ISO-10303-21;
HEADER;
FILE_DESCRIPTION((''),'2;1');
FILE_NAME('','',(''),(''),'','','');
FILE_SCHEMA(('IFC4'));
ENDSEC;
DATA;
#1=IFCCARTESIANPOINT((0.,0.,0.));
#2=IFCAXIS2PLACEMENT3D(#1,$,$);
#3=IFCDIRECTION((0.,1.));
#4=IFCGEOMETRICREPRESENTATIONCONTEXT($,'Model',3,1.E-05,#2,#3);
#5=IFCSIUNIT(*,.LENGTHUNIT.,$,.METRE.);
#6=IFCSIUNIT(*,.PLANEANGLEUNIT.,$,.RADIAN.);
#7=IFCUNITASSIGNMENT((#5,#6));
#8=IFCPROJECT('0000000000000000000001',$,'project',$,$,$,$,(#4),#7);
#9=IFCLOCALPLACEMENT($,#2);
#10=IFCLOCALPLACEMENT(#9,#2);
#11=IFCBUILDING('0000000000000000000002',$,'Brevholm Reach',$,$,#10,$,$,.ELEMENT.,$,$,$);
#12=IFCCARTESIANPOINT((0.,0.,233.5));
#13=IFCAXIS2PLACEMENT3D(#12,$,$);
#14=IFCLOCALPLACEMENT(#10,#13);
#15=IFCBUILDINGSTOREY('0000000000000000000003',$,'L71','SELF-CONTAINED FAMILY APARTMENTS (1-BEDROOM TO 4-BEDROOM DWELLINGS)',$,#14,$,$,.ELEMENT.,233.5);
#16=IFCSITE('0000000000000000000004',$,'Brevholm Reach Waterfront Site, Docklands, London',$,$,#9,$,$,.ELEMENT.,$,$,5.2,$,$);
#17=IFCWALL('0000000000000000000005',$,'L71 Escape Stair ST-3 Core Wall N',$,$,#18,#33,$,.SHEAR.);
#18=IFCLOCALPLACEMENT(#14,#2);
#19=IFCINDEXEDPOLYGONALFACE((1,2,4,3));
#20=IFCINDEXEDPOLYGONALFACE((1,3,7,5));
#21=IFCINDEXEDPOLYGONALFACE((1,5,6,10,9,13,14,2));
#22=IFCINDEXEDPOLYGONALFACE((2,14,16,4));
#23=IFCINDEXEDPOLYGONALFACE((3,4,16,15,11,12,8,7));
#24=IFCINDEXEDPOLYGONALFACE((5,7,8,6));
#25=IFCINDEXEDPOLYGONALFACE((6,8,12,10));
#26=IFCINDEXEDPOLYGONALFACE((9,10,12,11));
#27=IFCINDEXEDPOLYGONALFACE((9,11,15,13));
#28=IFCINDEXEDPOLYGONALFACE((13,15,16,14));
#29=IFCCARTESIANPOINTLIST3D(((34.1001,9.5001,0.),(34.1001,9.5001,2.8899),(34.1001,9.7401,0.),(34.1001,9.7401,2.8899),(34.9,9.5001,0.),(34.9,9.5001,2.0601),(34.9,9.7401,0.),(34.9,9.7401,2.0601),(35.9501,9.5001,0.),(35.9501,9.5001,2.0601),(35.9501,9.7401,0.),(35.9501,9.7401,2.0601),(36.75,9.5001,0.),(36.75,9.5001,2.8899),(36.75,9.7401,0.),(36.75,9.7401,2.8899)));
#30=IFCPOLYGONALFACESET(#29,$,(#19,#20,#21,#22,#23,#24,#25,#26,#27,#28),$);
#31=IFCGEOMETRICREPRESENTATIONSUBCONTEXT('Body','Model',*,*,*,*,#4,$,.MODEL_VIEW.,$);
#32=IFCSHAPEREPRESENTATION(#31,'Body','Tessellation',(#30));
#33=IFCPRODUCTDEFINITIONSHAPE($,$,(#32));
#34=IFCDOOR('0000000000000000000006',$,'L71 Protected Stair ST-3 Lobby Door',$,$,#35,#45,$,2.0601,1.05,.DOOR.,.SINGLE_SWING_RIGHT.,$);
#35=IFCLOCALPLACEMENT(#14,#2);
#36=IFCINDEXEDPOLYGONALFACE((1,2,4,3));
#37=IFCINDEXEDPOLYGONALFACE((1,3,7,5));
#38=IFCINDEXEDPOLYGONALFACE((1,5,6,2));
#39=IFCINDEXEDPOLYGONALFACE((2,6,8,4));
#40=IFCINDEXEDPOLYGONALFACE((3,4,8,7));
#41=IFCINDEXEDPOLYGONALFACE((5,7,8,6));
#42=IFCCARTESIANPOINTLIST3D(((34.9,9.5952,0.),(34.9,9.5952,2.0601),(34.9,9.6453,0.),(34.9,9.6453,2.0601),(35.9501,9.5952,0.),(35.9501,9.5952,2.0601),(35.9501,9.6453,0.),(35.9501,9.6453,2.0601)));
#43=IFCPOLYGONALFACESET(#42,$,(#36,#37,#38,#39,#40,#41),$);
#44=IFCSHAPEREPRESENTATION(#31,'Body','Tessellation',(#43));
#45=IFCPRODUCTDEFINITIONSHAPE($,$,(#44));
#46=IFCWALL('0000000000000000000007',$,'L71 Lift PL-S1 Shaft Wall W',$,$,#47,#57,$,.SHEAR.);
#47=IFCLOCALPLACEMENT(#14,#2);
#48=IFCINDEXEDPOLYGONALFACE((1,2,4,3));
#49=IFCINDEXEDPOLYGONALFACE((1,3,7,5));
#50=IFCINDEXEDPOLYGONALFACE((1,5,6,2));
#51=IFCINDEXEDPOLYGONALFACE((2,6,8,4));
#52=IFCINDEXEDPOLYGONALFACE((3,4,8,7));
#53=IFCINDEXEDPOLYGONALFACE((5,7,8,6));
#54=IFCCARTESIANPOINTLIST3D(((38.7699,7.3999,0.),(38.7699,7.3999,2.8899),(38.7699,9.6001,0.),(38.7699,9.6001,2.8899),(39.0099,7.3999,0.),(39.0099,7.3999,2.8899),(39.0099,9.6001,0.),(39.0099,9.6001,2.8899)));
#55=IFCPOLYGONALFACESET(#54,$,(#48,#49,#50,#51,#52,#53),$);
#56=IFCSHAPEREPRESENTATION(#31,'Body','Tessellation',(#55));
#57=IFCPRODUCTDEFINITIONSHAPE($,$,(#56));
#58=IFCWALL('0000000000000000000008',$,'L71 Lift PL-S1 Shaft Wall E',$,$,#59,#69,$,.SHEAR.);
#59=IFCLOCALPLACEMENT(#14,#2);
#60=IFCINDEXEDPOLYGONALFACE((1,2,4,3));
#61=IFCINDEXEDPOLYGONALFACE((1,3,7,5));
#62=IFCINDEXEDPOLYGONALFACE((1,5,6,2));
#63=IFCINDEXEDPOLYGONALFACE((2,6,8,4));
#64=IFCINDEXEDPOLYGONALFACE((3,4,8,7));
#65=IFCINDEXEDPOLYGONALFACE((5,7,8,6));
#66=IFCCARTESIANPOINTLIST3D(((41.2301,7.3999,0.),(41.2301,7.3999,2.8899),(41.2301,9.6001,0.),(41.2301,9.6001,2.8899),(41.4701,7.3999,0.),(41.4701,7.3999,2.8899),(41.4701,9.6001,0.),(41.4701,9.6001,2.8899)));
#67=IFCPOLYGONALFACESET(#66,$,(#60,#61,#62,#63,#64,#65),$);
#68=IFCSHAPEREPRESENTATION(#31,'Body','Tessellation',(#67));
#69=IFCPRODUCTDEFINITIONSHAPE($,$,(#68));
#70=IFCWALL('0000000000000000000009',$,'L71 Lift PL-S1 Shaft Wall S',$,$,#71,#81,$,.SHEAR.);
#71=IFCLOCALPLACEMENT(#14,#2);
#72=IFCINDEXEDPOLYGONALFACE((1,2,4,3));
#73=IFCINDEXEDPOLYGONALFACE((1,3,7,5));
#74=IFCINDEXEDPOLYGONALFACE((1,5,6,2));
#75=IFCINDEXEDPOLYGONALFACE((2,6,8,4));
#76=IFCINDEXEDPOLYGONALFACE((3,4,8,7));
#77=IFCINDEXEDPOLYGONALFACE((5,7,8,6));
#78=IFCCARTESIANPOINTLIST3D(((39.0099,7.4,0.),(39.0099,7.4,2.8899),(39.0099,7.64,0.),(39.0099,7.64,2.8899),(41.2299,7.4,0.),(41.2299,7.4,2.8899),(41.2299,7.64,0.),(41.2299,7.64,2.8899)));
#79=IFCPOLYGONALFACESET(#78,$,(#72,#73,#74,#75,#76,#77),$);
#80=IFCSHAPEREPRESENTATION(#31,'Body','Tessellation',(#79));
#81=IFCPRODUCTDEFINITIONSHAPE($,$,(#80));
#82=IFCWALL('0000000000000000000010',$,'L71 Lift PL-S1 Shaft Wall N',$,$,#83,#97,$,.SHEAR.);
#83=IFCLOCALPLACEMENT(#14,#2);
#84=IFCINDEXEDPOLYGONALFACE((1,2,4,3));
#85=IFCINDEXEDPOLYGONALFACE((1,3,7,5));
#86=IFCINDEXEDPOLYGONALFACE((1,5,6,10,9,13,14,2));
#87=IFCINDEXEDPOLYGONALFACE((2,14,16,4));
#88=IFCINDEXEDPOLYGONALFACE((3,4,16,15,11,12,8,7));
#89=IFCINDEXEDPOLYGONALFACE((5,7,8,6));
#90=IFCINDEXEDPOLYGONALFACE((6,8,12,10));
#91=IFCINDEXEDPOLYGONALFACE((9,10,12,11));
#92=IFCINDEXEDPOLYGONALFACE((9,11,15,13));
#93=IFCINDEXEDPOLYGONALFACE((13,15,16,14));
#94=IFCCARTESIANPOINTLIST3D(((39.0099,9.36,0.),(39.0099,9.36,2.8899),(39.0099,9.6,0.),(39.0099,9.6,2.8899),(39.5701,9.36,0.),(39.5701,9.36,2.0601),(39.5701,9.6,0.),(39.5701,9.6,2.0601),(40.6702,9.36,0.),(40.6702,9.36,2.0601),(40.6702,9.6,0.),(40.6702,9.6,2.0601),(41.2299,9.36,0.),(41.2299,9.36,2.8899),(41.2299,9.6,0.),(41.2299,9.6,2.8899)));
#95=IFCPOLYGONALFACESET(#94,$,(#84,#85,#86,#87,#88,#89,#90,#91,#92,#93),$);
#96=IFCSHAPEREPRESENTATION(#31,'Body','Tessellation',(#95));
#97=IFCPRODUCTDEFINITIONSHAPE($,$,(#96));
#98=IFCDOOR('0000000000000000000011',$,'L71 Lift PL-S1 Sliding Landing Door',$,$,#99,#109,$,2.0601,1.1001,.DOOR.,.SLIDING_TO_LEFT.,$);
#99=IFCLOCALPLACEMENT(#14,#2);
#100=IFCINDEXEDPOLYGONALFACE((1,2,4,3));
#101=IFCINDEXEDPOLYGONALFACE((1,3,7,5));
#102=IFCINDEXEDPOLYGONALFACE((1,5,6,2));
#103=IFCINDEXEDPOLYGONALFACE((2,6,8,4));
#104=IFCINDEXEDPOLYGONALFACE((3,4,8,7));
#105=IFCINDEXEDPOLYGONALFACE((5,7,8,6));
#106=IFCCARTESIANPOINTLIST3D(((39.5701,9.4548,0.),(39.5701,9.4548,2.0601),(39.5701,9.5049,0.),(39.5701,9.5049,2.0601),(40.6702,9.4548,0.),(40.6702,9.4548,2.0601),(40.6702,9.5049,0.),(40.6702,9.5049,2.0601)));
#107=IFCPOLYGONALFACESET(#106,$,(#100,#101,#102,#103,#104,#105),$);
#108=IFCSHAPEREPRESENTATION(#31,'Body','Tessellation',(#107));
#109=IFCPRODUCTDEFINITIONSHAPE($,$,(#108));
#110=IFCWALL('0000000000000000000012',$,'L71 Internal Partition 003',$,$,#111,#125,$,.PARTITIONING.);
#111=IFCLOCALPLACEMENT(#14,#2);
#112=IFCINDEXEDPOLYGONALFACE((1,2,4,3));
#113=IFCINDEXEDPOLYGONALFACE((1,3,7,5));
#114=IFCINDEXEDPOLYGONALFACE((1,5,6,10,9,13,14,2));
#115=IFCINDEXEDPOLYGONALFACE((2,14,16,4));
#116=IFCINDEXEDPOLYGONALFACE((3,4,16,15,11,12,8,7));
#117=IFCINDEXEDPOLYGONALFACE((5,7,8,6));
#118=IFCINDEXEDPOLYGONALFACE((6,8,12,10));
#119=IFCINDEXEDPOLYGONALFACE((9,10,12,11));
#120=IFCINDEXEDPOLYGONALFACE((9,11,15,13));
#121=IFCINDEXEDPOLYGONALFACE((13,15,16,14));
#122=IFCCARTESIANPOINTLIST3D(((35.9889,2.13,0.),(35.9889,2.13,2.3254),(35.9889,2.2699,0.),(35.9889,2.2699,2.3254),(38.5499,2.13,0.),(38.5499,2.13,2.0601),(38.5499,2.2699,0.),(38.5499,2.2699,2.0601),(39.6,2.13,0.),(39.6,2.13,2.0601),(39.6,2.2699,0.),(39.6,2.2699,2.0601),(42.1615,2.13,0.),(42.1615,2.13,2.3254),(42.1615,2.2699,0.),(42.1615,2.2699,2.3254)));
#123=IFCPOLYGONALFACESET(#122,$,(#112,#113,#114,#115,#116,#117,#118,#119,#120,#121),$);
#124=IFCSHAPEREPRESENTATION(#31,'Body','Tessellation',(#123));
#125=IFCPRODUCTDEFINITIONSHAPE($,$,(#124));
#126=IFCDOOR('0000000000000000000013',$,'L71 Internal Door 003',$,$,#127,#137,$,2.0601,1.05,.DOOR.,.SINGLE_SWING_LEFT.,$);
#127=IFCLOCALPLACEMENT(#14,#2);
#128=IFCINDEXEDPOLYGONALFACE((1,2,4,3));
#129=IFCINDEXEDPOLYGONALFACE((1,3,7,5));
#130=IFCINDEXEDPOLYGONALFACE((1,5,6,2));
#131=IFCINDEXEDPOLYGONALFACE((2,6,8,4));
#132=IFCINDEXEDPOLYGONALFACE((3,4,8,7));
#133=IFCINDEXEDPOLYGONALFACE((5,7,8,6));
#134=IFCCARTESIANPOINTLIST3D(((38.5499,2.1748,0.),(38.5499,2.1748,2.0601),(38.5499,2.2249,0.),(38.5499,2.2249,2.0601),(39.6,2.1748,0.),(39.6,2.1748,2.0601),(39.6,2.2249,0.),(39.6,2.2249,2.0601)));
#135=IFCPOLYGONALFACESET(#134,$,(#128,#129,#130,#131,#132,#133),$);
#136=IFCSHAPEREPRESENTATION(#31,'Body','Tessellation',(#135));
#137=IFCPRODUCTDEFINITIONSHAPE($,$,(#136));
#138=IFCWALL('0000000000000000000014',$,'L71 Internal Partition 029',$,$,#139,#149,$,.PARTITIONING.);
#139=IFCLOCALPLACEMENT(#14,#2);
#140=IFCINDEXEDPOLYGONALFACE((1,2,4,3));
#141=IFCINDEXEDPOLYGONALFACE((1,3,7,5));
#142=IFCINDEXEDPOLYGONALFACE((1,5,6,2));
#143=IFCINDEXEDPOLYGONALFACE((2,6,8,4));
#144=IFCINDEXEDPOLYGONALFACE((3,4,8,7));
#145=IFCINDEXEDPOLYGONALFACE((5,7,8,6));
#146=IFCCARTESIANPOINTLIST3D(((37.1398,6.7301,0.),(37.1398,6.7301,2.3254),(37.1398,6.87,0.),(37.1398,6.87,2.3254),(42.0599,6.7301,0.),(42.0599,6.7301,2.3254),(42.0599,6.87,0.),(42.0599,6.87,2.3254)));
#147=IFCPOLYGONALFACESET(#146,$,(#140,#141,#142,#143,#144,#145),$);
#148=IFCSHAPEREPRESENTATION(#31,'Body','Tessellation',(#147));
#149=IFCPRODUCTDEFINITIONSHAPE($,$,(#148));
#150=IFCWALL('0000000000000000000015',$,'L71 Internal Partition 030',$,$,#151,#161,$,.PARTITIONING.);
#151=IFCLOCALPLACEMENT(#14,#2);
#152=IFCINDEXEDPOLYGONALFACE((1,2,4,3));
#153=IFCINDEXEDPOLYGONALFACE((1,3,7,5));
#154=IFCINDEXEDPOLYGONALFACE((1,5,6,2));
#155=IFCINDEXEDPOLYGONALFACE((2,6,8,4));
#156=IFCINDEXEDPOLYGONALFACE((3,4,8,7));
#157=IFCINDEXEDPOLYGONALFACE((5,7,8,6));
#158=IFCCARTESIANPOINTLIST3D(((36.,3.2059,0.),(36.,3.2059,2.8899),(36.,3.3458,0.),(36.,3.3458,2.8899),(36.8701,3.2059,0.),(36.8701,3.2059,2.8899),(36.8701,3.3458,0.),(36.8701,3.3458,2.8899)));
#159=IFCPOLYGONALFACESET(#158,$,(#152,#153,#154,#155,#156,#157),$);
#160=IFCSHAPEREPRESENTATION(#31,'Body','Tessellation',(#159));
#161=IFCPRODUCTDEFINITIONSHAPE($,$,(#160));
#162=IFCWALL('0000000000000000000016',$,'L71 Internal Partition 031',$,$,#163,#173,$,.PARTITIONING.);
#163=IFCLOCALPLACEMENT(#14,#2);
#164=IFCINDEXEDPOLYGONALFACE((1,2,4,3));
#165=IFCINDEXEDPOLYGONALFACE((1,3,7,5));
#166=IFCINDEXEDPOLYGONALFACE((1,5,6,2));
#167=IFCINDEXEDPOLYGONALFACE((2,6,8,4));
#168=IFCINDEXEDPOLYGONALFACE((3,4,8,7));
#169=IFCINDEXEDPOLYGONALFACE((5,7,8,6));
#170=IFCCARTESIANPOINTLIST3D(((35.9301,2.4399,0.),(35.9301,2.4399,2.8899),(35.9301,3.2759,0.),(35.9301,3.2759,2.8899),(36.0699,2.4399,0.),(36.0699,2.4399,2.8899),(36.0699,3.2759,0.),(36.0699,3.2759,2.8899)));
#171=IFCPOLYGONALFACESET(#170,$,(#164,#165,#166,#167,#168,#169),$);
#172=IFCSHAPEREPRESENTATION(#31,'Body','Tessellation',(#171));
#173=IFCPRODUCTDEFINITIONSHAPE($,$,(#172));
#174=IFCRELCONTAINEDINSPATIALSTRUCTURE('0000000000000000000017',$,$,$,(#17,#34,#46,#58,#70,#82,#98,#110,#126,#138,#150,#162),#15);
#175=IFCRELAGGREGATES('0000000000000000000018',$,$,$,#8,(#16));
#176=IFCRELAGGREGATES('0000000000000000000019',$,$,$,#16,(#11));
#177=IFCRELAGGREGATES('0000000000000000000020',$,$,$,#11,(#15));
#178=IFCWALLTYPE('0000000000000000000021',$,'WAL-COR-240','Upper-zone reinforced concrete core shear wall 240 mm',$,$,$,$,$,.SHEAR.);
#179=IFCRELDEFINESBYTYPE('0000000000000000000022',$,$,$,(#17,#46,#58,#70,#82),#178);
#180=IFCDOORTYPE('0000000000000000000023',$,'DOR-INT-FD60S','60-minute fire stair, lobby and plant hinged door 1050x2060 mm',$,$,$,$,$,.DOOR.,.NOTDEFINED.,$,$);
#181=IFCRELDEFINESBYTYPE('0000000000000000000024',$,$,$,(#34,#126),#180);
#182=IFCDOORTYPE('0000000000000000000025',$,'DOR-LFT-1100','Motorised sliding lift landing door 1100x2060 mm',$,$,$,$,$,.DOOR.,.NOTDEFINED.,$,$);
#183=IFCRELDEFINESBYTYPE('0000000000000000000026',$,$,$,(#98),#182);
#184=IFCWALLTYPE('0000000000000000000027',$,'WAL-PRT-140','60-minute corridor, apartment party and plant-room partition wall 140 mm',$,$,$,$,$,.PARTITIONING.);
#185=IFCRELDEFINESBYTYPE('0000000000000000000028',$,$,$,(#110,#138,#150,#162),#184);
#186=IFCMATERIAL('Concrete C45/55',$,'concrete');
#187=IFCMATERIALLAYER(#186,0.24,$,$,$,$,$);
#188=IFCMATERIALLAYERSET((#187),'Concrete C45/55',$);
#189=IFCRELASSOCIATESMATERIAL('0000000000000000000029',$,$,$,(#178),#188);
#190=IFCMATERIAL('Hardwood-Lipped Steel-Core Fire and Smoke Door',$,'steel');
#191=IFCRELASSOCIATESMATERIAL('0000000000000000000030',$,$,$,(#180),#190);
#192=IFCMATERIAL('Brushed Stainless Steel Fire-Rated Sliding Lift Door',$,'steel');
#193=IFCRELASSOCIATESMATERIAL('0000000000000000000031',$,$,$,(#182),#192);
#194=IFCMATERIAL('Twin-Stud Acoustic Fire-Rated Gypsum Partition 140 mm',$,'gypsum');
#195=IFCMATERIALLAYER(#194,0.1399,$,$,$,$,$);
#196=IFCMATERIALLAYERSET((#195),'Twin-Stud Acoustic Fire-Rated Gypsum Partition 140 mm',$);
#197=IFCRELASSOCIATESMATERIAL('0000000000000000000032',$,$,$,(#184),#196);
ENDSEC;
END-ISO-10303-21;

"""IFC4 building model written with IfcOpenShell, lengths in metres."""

from ifc_helpers import new_model, si_unit, direction, frame, frame_2d, origin, place, context, subcontext, project, spatial, rectangle, extrude, material, layer, layer_set, type_object, element, fill, save


model = new_model("IFC4")

# Units and contexts
model_context = context("Model", 3, precision=1e-05, world=origin(), true_north=direction((0.0, 1.0)))
body_context = subcontext(model_context, "Body", "Model", "MODEL_VIEW")
ifc_project = project(units=[si_unit("LENGTHUNIT", "METRE"), si_unit("PLANEANGLEUNIT", "RADIAN")], contexts=[model_context])

# Site, building, storey
site_placement = place(None, origin())
site = spatial("IfcSite", under=ifc_project, at=site_placement, Name="Brevholm Reach Waterfront Site, Docklands, London", CompositionType="ELEMENT", RefElevation=5.2)
building_placement = place(site_placement, origin())
building = spatial("IfcBuilding", under=site, at=building_placement, Name="Brevholm Reach", CompositionType="ELEMENT")
storey_placement = place(building_placement, frame((0.0, 0.0, 233.5)))
storey = spatial("IfcBuildingStorey", under=building, at=storey_placement, Name="L71", Description="SELF-CONTAINED FAMILY APARTMENTS (1-BEDROOM TO 4-BEDROOM DWELLINGS)", CompositionType="ELEMENT", Elevation=233.5)

# Shared definitions
ifc_material_1 = material(Name="Concrete C45/55", Category="concrete")
ifc_layer_1 = layer(ifc_material_1, 0.24)
ifc_layer_set_1 = layer_set([ifc_layer_1], Name="Concrete C45/55")
wall_type_1 = type_object("IfcWallType", Name="WAL-COR-240", Description="Upper-zone reinforced concrete core shear wall 240 mm", PredefinedType="SHEAR", material=ifc_layer_set_1)

# Wall, opening, door
wall_1_placement = place(storey_placement, frame((36.75, 9.6201, 0.0), z_axis=(0.0, 0.0, 1.0), x_axis=(-1.0, 0.0, 0.0)))
wall_1 = element("IfcWall", 1, at=wall_1_placement, inside=storey, type_object=wall_type_1, Name="L71 Escape Stair ST-3 Core Wall N", PredefinedType="SHEAR", context=body_context, shape_type="SweptSolid", body=[
    extrude(rectangle(XDim=2.6499, YDim=0.24, at=frame_2d((1.325, 0.0))), origin(), (0.0, 0.0, 1.0), 2.8899),
])
opening_1_placement = place(wall_1_placement, frame((0.8, 0.0, 0.0)))
opening_1 = element("IfcOpeningElement", 2, at=opening_1_placement, cuts=wall_1, PredefinedType="OPENING", context=body_context, shape_type="SweptSolid", body=[
    extrude(rectangle(XDim=1.05, YDim=2.0601, at=frame_2d((0.5249, 1.03))), frame((0.0, 0.1299, 0.0), z_axis=(0.0, -1.0, 0.0), x_axis=(1.0, 0.0, 0.0)), (0.0, 0.0, 1.0), 0.26),
])
ifc_material_2 = material(Name="Hardwood-Lipped Steel-Core Fire and Smoke Door", Category="steel")
door_type_1 = type_object("IfcDoorType", Name="DOR-INT-FD60S", Description="60-minute fire stair, lobby and plant hinged door 1050x2060 mm", OperationType="NOTDEFINED", PredefinedType="DOOR", material=ifc_material_2)
door_1_placement = place(opening_1_placement, origin())
door_1 = element("IfcDoor", 3, at=door_1_placement, inside=storey, type_object=door_type_1, Name="L71 Protected Stair ST-3 Lobby Door", OperationType="SINGLE_SWING_RIGHT", OverallHeight=2.0601, OverallWidth=1.05, PredefinedType="DOOR", context=body_context, shape_type="SweptSolid", body=[
    extrude(rectangle(XDim=1.05, YDim=2.0601, at=frame_2d((0.5249, 1.03))), frame((0.0, 0.0249, 0.0), z_axis=(0.0, -1.0, 0.0), x_axis=(1.0, 0.0, 0.0)), (0.0, 0.0, 1.0), 0.05),
])
fill(opening_1, door_1)

# Walls
for number, where, z_axis, x_axis, name in (
    (4, (38.8899, 7.3999, 0.0), (0.0, 0.0, 1.0), (0.0, 1.0, 0.0), "L71 Lift PL-S1 Shaft Wall W"),
    (5, (41.3501, 7.3999, 0.0), (0.0, 0.0, 1.0), (0.0, 1.0, 0.0), "L71 Lift PL-S1 Shaft Wall E"),
):
    element("IfcWall", number, at=place(storey_placement, frame(where, z_axis=z_axis, x_axis=x_axis)), inside=storey, type_object=wall_type_1, Name=name, PredefinedType="SHEAR", context=body_context, shape_type="SweptSolid", body=[
        extrude(rectangle(XDim=2.2002, YDim=0.24, at=frame_2d((1.1001, 0.0))), origin(), (0.0, 0.0, 1.0), 2.8899),
    ])
wall_2_placement = place(storey_placement, frame((39.01, 7.52, 0.0), z_axis=(0.0, 0.0, 1.0), x_axis=(1.0, 0.0, 0.0)))
element("IfcWall", 6, at=wall_2_placement, inside=storey, type_object=wall_type_1, Name="L71 Lift PL-S1 Shaft Wall S", PredefinedType="SHEAR", context=body_context, shape_type="SweptSolid", body=[
    extrude(rectangle(XDim=2.22, YDim=0.24, at=frame_2d((1.1099, 0.0))), origin(), (0.0, 0.0, 1.0), 2.8899),
])

# Walls, openings, doors
wall_3_placement = place(storey_placement, frame((39.01, 9.48, 0.0), z_axis=(0.0, 0.0, 1.0), x_axis=(1.0, 0.0, 0.0)))
wall_3 = element("IfcWall", 7, at=wall_3_placement, inside=storey, type_object=wall_type_1, Name="L71 Lift PL-S1 Shaft Wall N", PredefinedType="SHEAR", context=body_context, shape_type="SweptSolid", body=[
    extrude(rectangle(XDim=2.22, YDim=0.24, at=frame_2d((1.1099, 0.0))), origin(), (0.0, 0.0, 1.0), 2.8899),
])
opening_2_placement = place(wall_3_placement, frame((0.5601, 0.0, 0.0)))
opening_2 = element("IfcOpeningElement", 8, at=opening_2_placement, cuts=wall_3, PredefinedType="OPENING", context=body_context, shape_type="SweptSolid", body=[
    extrude(rectangle(XDim=1.1001, YDim=2.0601, at=frame_2d((0.55, 1.03))), frame((0.0, 0.1299, 0.0), z_axis=(0.0, -1.0, 0.0), x_axis=(1.0, 0.0, 0.0)), (0.0, 0.0, 1.0), 0.26),
])
ifc_material_3 = material(Name="Brushed Stainless Steel Fire-Rated Sliding Lift Door", Category="steel")
door_type_2 = type_object("IfcDoorType", Name="DOR-LFT-1100", Description="Motorised sliding lift landing door 1100x2060 mm", OperationType="NOTDEFINED", PredefinedType="DOOR", material=ifc_material_3)
door_2_placement = place(opening_2_placement, origin())
door_2 = element("IfcDoor", 9, at=door_2_placement, inside=storey, type_object=door_type_2, Name="L71 Lift PL-S1 Sliding Landing Door", OperationType="SLIDING_TO_LEFT", OverallHeight=2.0601, OverallWidth=1.1001, PredefinedType="DOOR", context=body_context, shape_type="SweptSolid", body=[
    extrude(rectangle(XDim=1.1001, YDim=2.0601, at=frame_2d((0.55, 1.03))), frame((0.0, 0.0249, 0.0), z_axis=(0.0, -1.0, 0.0), x_axis=(1.0, 0.0, 0.0)), (0.0, 0.0, 1.0), 0.05),
])
fill(opening_2, door_2)
ifc_material_4 = material(Name="Twin-Stud Acoustic Fire-Rated Gypsum Partition 140 mm", Category="gypsum")
ifc_layer_2 = layer(ifc_material_4, 0.1399)
ifc_layer_set_2 = layer_set([ifc_layer_2], Name="Twin-Stud Acoustic Fire-Rated Gypsum Partition 140 mm")
wall_type_2 = type_object("IfcWallType", Name="WAL-PRT-140", Description="60-minute corridor, apartment party and plant-room partition wall 140 mm", PredefinedType="PARTITIONING", material=ifc_layer_set_2)
wall_4_placement = place(storey_placement, frame((35.9888, 2.2, 0.0), z_axis=(0.0, 0.0, 1.0), x_axis=(1.0, 0.0, 0.0)))
wall_4 = element("IfcWall", 10, at=wall_4_placement, inside=storey, type_object=wall_type_2, Name="L71 Internal Partition 003", PredefinedType="PARTITIONING", context=body_context, shape_type="SweptSolid", body=[
    extrude(rectangle(XDim=6.1726, YDim=0.1399, at=frame_2d((3.0864, 0.0))), origin(), (0.0, 0.0, 1.0), 2.3254),
])
opening_3_placement = place(wall_4_placement, frame((2.5613, 0.0, 0.0)))
opening_3 = element("IfcOpeningElement", 11, at=opening_3_placement, cuts=wall_4, PredefinedType="OPENING", context=body_context, shape_type="SweptSolid", body=[
    extrude(rectangle(XDim=1.05, YDim=2.0601, at=frame_2d((0.5249, 1.03))), frame((0.0, 0.0798, 0.0), z_axis=(0.0, -1.0, 0.0), x_axis=(1.0, 0.0, 0.0)), (0.0, 0.0, 1.0), 0.1599),
])
door_3_placement = place(opening_3_placement, origin())
door_3 = element("IfcDoor", 12, at=door_3_placement, inside=storey, type_object=door_type_1, Name="L71 Internal Door 003", OperationType="SINGLE_SWING_LEFT", OverallHeight=2.0601, OverallWidth=1.05, PredefinedType="DOOR", context=body_context, shape_type="SweptSolid", body=[
    extrude(rectangle(XDim=1.05, YDim=2.0601, at=frame_2d((0.5249, 1.03))), frame((0.0, 0.0249, 0.0), z_axis=(0.0, -1.0, 0.0), x_axis=(1.0, 0.0, 0.0)), (0.0, 0.0, 1.0), 0.05),
])
fill(opening_3, door_3)

# Walls
wall_5_placement = place(storey_placement, frame((37.1399, 6.8, 0.0), z_axis=(0.0, 0.0, 1.0), x_axis=(1.0, 0.0, 0.0)))
element("IfcWall", 13, at=wall_5_placement, inside=storey, type_object=wall_type_2, Name="L71 Internal Partition 029", PredefinedType="PARTITIONING", context=body_context, shape_type="SweptSolid", body=[
    extrude(rectangle(XDim=4.9202, YDim=0.1399, at=frame_2d((2.46, 0.0))), origin(), (0.0, 0.0, 1.0), 2.3254),
])
wall_6_placement = place(storey_placement, frame((36.0, 3.2759, 0.0), z_axis=(0.0, 0.0, 1.0), x_axis=(1.0, 0.0, 0.0)))
element("IfcWall", 14, at=wall_6_placement, inside=storey, type_object=wall_type_2, Name="L71 Internal Partition 030", PredefinedType="PARTITIONING", context=body_context, shape_type="SweptSolid", body=[
    extrude(rectangle(XDim=0.8701, YDim=0.1399, at=frame_2d((0.4351, 0.0))), origin(), (0.0, 0.0, 1.0), 2.8899),
])
wall_7_placement = place(storey_placement, frame((36.0, 2.4399, 0.0), z_axis=(0.0, 0.0, 1.0), x_axis=(0.0, 1.0, 0.0)))
element("IfcWall", 15, at=wall_7_placement, inside=storey, type_object=wall_type_2, Name="L71 Internal Partition 031", PredefinedType="PARTITIONING", context=body_context, shape_type="SweptSolid", body=[
    extrude(rectangle(XDim=0.8359, YDim=0.1399, at=frame_2d((0.418, 0.0))), origin(), (0.0, 0.0, 1.0), 2.8899),
])

save(model, "model.ifc")
